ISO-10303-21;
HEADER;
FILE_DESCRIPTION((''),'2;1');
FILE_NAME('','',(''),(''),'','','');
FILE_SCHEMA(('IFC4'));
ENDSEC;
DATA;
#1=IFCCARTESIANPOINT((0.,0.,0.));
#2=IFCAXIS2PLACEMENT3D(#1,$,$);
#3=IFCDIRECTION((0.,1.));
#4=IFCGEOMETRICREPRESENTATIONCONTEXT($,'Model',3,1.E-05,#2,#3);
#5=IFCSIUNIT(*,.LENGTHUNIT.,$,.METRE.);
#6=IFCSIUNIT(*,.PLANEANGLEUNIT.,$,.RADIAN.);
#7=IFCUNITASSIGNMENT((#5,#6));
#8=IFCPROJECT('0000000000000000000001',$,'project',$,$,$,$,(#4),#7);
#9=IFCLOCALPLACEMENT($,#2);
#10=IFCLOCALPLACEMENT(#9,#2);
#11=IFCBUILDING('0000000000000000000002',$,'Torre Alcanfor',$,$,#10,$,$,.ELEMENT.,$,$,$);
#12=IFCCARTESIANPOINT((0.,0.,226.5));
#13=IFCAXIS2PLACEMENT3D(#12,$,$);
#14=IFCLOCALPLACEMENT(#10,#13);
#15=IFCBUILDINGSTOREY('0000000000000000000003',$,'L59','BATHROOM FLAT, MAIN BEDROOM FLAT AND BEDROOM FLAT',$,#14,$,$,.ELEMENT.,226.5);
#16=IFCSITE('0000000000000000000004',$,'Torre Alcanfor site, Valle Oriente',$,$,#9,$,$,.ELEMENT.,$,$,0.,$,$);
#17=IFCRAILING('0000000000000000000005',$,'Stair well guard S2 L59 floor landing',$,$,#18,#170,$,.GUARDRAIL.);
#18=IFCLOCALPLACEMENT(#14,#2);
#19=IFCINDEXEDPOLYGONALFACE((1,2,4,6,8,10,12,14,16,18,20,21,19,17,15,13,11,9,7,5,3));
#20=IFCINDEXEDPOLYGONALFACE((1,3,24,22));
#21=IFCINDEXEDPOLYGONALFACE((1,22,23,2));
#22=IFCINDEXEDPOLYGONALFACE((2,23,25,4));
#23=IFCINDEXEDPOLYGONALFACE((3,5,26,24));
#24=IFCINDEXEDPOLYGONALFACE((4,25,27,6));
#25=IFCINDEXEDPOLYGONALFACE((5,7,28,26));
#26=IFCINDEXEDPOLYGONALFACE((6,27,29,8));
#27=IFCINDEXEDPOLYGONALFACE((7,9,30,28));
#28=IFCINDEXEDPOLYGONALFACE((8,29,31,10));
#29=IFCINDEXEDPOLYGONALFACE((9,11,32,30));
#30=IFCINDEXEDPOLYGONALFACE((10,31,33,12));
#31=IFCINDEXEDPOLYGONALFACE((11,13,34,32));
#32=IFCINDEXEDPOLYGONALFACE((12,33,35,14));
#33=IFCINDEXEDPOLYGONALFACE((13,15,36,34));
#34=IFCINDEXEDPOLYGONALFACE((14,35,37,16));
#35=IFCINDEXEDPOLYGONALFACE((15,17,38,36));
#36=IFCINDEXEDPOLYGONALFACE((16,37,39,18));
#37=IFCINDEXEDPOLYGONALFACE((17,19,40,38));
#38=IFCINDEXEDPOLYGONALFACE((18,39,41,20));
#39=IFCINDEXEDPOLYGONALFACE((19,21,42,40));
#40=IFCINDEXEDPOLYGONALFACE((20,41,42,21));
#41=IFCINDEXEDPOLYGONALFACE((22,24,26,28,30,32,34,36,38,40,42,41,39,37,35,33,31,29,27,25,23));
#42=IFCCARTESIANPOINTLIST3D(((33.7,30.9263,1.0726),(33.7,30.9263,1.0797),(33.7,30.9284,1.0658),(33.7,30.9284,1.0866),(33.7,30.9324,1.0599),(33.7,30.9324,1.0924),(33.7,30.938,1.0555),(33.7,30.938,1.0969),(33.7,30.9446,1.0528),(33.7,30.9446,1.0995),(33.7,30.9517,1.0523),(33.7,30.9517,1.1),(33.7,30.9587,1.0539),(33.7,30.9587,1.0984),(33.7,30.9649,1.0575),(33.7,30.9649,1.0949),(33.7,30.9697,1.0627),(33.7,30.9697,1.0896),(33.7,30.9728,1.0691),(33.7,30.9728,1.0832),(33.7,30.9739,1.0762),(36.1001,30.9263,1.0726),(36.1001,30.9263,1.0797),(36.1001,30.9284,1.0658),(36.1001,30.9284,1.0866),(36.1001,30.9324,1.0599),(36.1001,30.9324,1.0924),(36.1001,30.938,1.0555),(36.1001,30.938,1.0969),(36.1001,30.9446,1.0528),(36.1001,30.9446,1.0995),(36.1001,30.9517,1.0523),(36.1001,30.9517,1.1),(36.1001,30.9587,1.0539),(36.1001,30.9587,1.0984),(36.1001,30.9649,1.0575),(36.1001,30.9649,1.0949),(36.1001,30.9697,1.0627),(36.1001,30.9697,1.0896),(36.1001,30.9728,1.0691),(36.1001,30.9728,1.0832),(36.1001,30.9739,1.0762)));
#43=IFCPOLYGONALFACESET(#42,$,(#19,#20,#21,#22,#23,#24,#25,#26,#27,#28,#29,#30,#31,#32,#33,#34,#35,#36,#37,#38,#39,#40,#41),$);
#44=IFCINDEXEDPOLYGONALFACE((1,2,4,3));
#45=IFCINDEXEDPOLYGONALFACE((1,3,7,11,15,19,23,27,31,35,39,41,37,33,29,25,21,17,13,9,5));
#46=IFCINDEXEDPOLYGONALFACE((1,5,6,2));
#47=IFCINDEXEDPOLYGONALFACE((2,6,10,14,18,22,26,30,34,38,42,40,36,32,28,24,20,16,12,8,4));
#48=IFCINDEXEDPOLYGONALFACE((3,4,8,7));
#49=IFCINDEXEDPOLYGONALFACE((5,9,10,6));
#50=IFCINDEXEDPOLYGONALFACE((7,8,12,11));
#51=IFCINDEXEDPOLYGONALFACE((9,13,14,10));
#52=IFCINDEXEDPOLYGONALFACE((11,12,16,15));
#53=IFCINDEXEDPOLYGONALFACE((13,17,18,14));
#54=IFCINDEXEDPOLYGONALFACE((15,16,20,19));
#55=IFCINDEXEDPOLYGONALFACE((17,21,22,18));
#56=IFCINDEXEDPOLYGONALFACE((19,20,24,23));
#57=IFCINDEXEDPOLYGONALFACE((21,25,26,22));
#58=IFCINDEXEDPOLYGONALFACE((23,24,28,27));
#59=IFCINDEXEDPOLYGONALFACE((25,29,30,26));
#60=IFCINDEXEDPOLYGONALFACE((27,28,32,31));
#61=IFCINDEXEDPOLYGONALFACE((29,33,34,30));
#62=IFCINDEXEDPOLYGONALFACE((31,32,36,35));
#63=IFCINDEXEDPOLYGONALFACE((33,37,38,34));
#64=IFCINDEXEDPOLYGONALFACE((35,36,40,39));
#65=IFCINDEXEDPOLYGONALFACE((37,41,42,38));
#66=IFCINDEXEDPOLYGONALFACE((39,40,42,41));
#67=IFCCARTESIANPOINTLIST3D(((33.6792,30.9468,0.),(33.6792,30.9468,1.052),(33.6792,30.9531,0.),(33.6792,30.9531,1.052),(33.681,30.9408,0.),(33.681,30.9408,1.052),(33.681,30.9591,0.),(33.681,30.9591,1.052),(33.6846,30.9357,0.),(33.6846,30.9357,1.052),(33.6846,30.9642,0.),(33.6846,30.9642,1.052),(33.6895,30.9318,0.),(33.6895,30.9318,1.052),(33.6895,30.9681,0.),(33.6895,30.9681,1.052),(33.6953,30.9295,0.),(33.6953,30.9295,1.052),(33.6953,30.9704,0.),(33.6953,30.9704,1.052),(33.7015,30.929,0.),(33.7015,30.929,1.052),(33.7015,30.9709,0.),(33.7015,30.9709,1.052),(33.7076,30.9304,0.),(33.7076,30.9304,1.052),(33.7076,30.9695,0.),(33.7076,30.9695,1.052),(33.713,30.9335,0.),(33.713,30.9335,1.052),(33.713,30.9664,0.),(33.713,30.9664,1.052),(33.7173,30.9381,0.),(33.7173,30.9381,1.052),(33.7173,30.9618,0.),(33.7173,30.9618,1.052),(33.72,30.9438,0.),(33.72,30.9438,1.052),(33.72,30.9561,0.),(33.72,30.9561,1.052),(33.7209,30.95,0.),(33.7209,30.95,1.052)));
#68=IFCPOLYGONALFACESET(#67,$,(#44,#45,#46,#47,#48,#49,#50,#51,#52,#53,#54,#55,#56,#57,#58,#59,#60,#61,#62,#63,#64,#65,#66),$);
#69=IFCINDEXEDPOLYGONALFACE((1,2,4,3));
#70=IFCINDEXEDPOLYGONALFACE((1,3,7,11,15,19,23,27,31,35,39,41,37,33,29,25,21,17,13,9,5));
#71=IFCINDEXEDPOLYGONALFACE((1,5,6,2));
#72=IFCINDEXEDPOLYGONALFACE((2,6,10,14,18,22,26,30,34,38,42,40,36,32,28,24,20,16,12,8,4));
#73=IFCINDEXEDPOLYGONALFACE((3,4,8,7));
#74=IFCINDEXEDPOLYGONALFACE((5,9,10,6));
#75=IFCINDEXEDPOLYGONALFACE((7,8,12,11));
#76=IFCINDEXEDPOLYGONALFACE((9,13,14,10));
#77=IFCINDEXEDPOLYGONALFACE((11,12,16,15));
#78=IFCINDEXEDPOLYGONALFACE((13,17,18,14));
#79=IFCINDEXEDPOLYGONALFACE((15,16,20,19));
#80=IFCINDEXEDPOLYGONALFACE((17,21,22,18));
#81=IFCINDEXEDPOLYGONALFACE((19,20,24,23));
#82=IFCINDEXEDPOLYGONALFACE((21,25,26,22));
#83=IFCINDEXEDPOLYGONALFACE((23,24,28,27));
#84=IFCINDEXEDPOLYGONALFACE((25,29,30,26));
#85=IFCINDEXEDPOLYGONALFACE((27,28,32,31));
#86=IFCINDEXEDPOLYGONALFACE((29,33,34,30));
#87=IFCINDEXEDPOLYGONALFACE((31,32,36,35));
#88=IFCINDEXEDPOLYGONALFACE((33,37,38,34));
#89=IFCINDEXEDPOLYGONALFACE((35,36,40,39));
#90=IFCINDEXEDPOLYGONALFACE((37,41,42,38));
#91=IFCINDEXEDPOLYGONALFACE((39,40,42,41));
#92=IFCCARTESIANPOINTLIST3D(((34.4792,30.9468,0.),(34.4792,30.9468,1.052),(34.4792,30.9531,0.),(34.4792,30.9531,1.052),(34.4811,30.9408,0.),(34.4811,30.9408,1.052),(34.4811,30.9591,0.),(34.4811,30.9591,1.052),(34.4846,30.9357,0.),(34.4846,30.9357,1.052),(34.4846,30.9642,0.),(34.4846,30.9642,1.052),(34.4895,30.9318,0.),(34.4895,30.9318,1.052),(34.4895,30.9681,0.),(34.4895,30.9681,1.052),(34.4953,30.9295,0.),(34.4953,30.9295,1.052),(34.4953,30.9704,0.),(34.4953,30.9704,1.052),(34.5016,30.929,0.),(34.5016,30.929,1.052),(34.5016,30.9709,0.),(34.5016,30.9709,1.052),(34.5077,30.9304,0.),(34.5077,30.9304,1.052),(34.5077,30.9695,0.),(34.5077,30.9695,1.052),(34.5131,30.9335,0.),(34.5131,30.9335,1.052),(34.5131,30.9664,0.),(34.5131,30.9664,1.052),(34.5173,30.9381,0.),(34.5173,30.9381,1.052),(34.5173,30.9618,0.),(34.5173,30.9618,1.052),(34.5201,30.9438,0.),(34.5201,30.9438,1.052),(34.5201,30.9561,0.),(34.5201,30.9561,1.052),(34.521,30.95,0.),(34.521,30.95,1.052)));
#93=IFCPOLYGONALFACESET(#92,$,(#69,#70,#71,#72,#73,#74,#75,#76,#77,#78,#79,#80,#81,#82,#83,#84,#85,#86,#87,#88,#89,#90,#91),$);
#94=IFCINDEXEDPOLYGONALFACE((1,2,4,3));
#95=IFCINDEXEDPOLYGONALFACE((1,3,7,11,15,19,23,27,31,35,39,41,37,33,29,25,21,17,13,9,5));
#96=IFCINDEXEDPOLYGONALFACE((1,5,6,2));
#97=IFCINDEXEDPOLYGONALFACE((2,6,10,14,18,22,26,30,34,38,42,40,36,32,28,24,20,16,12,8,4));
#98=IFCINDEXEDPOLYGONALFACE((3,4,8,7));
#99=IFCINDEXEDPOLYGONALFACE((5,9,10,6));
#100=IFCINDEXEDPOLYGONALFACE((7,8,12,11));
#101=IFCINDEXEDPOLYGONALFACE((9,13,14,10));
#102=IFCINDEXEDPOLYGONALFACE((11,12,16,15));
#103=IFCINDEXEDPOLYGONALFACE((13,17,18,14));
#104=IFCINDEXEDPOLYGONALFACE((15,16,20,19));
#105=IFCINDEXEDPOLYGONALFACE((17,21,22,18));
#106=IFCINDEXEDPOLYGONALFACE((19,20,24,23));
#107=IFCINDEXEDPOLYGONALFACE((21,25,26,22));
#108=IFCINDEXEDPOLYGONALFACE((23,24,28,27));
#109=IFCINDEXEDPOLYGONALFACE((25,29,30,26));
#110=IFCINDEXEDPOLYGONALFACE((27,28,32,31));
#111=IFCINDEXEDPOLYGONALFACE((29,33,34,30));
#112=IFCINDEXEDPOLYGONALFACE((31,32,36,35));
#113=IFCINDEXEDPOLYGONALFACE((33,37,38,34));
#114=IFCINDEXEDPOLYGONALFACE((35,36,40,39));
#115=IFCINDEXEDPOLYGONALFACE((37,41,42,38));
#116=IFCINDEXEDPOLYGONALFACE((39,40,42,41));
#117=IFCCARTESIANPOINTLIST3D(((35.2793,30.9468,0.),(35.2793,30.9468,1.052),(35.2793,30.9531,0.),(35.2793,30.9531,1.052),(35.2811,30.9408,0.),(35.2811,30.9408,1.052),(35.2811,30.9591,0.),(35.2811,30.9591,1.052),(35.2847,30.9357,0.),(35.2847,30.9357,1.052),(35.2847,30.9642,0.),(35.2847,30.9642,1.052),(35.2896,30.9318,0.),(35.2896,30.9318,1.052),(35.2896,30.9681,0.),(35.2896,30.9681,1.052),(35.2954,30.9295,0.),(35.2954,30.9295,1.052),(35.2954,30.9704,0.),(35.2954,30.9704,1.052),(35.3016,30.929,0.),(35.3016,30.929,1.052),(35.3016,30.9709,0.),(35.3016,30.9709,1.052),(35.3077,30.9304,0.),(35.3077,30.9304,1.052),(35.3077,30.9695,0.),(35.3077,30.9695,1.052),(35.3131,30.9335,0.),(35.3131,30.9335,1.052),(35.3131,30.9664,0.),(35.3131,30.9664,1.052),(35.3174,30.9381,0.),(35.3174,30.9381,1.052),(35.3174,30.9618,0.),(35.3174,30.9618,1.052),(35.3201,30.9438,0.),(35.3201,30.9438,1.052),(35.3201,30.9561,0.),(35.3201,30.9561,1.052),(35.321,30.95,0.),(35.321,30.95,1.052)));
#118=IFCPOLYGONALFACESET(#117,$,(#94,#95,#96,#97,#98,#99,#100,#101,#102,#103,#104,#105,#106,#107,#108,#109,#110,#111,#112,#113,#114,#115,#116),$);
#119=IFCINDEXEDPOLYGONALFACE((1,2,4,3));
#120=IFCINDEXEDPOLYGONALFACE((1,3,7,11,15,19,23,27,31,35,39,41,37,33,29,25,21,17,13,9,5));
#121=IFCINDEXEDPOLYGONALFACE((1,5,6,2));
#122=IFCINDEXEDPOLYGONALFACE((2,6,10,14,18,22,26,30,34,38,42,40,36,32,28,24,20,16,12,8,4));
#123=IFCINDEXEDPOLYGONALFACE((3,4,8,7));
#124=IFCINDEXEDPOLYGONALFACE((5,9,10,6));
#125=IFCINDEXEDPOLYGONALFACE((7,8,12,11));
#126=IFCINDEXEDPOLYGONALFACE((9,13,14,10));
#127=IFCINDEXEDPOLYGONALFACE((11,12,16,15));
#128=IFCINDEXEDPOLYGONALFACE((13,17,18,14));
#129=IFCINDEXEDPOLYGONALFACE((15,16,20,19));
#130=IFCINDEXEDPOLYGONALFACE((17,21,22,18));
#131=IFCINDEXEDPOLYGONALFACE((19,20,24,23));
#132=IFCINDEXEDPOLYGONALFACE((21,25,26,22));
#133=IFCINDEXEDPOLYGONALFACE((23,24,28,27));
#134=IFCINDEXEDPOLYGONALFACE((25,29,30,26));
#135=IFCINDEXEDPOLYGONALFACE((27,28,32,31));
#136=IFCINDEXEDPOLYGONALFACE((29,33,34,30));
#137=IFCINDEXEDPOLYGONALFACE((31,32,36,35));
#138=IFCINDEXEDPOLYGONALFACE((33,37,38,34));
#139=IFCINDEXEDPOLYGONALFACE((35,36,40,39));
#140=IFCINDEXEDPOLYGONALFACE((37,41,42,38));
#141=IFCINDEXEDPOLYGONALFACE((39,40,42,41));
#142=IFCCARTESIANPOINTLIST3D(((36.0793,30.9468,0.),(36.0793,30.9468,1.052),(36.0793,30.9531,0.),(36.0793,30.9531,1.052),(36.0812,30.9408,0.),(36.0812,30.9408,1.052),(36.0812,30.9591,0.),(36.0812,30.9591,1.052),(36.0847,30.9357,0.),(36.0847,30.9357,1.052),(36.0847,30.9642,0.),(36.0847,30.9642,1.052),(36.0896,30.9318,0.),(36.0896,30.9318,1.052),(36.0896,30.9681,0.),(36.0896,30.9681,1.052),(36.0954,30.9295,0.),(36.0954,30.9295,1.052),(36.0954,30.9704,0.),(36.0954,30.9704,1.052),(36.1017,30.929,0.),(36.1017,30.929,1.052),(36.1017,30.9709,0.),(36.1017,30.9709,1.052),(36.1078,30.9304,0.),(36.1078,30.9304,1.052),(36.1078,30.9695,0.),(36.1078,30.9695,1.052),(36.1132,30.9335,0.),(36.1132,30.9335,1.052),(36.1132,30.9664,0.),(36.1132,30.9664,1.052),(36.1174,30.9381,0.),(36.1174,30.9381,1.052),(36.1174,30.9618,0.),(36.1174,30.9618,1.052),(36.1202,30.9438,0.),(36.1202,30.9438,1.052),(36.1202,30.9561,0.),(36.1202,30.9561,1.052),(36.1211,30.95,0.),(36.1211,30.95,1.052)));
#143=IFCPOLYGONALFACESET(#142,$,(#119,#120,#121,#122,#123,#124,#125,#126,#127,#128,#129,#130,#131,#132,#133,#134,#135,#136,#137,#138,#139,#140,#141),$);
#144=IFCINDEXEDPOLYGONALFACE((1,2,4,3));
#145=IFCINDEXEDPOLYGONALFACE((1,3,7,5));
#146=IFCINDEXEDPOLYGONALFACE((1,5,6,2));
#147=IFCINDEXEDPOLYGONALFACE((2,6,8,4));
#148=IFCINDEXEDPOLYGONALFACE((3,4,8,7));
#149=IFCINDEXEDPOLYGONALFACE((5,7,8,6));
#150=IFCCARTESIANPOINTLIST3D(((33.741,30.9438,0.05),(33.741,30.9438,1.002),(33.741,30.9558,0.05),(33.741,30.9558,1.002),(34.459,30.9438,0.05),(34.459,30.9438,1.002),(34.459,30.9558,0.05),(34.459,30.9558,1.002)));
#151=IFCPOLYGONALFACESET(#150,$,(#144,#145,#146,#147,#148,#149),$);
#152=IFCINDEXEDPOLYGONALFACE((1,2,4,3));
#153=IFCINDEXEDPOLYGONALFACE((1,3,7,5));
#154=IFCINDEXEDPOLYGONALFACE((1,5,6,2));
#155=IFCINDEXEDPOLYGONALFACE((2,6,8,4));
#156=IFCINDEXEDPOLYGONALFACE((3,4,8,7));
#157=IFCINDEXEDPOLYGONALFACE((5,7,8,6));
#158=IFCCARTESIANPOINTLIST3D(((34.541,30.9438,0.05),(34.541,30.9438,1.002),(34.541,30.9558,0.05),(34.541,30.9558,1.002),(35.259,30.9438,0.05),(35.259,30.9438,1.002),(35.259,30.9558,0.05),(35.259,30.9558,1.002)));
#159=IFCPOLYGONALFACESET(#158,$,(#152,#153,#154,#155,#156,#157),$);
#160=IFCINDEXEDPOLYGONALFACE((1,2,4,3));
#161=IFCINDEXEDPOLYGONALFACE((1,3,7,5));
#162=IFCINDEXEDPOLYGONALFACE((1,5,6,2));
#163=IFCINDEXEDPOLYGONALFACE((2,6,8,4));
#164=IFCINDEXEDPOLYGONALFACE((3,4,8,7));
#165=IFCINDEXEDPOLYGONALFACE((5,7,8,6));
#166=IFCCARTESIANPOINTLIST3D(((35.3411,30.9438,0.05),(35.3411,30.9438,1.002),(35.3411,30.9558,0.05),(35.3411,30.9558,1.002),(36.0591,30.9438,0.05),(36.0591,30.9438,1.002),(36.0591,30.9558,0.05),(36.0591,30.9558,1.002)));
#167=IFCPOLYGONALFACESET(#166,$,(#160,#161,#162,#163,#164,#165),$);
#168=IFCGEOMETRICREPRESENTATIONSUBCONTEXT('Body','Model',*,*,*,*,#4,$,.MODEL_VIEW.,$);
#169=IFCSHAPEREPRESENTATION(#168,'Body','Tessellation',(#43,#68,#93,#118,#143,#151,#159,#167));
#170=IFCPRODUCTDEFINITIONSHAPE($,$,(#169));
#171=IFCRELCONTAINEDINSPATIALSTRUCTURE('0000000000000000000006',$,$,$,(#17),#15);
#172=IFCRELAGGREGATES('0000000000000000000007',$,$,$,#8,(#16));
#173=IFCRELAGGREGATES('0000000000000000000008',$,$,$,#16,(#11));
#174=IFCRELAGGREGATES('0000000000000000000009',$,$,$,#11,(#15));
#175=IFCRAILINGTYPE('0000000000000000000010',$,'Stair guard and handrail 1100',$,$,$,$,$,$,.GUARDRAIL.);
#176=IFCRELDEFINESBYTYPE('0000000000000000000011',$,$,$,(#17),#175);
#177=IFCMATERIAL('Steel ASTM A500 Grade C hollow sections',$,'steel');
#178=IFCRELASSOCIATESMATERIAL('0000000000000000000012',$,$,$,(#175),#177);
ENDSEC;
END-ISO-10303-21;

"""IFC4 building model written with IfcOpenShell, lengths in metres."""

from ifc_helpers import new_model, si_unit, direction, frame, origin, origin_2d, place, context, subcontext, project, spatial, polyline, circle, outline, extrude, material, type_object, element, save


model = new_model("IFC4")

# Units and contexts
model_context = context("Model", 3, precision=1e-05, world=origin(), true_north=direction((0.0, 1.0)))
body_context = subcontext(model_context, "Body", "Model", "MODEL_VIEW")
ifc_project = project(units=[si_unit("LENGTHUNIT", "METRE"), si_unit("PLANEANGLEUNIT", "RADIAN")], contexts=[model_context])

# Site, building, storey
site_placement = place(None, origin())
site = spatial("IfcSite", under=ifc_project, at=site_placement, Name="Torre Alcanfor site, Valle Oriente", CompositionType="ELEMENT", RefElevation=0.0)
building_placement = place(site_placement, origin())
building = spatial("IfcBuilding", under=site, at=building_placement, Name="Torre Alcanfor", CompositionType="ELEMENT")
storey_placement = place(building_placement, frame((0.0, 0.0, 226.5)))
storey = spatial("IfcBuildingStorey", under=building, at=storey_placement, Name="L59", Description="BATHROOM FLAT, MAIN BEDROOM FLAT AND BEDROOM FLAT", CompositionType="ELEMENT", Elevation=226.5)

# Railing
ifc_material_1 = material(Name="Steel ASTM A500 Grade C hollow sections", Category="steel")
railing_type_1 = type_object("IfcRailingType", Name="Stair guard and handrail 1100", PredefinedType="GUARDRAIL", material=ifc_material_1)
for number, where, name in (
    (1, (33.7, 30.95, 0.0), "Stair well guard S2 L59 floor landing"),
):
    element("IfcRailing", number, at=place(storey_placement, frame(where)), inside=storey, type_object=railing_type_1, Name=name, PredefinedType="GUARDRAIL", context=body_context, shape_type="SweptSolid", body=[
        extrude(circle(Radius=0.0239, at=origin_2d()), frame((0.0, 0.0, 1.0762), z_axis=(1.0, 0.0, 0.0), x_axis=(0.0, 1.0, 0.0)), (0.0, 0.0, 1.0), 2.4001),
        extrude(circle(Radius=0.021, at=origin_2d()), origin(), (0.0, 0.0, 1.0), 1.052),
        extrude(circle(Radius=0.021, at=origin_2d()), frame((0.8, 0.0, 0.0)), (0.0, 0.0, 1.0), 1.052),
        extrude(circle(Radius=0.021, at=origin_2d()), frame((1.6001, 0.0, 0.0)), (0.0, 0.0, 1.0), 1.052),
        extrude(circle(Radius=0.021, at=origin_2d()), frame((2.4001, 0.0, 0.0)), (0.0, 0.0, 1.0), 1.052),
        extrude(outline(polyline([(0.041, 0.05), (0.759, 0.05), (0.759, 1.002), (0.041, 1.002), (0.041, 0.05)])), frame((0.0, 0.0059, 0.0), z_axis=(0.0, -1.0, 0.0), x_axis=(1.0, 0.0, 0.0)), (0.0, 0.0, 1.0), 0.012),
        extrude(outline(polyline([(0.8411, 0.05), (1.5591, 0.05), (1.5591, 1.002), (0.8411, 1.002), (0.8411, 0.05)])), frame((0.0, 0.0059, 0.0), z_axis=(0.0, -1.0, 0.0), x_axis=(1.0, 0.0, 0.0)), (0.0, 0.0, 1.0), 0.012),
        extrude(outline(polyline([(1.6411, 0.05), (2.3591, 0.05), (2.3591, 1.002), (1.6411, 1.002), (1.6411, 0.05)])), frame((0.0, 0.0059, 0.0), z_axis=(0.0, -1.0, 0.0), x_axis=(1.0, 0.0, 0.0)), (0.0, 0.0, 1.0), 0.012),
    ])

save(model, "model.ifc")
